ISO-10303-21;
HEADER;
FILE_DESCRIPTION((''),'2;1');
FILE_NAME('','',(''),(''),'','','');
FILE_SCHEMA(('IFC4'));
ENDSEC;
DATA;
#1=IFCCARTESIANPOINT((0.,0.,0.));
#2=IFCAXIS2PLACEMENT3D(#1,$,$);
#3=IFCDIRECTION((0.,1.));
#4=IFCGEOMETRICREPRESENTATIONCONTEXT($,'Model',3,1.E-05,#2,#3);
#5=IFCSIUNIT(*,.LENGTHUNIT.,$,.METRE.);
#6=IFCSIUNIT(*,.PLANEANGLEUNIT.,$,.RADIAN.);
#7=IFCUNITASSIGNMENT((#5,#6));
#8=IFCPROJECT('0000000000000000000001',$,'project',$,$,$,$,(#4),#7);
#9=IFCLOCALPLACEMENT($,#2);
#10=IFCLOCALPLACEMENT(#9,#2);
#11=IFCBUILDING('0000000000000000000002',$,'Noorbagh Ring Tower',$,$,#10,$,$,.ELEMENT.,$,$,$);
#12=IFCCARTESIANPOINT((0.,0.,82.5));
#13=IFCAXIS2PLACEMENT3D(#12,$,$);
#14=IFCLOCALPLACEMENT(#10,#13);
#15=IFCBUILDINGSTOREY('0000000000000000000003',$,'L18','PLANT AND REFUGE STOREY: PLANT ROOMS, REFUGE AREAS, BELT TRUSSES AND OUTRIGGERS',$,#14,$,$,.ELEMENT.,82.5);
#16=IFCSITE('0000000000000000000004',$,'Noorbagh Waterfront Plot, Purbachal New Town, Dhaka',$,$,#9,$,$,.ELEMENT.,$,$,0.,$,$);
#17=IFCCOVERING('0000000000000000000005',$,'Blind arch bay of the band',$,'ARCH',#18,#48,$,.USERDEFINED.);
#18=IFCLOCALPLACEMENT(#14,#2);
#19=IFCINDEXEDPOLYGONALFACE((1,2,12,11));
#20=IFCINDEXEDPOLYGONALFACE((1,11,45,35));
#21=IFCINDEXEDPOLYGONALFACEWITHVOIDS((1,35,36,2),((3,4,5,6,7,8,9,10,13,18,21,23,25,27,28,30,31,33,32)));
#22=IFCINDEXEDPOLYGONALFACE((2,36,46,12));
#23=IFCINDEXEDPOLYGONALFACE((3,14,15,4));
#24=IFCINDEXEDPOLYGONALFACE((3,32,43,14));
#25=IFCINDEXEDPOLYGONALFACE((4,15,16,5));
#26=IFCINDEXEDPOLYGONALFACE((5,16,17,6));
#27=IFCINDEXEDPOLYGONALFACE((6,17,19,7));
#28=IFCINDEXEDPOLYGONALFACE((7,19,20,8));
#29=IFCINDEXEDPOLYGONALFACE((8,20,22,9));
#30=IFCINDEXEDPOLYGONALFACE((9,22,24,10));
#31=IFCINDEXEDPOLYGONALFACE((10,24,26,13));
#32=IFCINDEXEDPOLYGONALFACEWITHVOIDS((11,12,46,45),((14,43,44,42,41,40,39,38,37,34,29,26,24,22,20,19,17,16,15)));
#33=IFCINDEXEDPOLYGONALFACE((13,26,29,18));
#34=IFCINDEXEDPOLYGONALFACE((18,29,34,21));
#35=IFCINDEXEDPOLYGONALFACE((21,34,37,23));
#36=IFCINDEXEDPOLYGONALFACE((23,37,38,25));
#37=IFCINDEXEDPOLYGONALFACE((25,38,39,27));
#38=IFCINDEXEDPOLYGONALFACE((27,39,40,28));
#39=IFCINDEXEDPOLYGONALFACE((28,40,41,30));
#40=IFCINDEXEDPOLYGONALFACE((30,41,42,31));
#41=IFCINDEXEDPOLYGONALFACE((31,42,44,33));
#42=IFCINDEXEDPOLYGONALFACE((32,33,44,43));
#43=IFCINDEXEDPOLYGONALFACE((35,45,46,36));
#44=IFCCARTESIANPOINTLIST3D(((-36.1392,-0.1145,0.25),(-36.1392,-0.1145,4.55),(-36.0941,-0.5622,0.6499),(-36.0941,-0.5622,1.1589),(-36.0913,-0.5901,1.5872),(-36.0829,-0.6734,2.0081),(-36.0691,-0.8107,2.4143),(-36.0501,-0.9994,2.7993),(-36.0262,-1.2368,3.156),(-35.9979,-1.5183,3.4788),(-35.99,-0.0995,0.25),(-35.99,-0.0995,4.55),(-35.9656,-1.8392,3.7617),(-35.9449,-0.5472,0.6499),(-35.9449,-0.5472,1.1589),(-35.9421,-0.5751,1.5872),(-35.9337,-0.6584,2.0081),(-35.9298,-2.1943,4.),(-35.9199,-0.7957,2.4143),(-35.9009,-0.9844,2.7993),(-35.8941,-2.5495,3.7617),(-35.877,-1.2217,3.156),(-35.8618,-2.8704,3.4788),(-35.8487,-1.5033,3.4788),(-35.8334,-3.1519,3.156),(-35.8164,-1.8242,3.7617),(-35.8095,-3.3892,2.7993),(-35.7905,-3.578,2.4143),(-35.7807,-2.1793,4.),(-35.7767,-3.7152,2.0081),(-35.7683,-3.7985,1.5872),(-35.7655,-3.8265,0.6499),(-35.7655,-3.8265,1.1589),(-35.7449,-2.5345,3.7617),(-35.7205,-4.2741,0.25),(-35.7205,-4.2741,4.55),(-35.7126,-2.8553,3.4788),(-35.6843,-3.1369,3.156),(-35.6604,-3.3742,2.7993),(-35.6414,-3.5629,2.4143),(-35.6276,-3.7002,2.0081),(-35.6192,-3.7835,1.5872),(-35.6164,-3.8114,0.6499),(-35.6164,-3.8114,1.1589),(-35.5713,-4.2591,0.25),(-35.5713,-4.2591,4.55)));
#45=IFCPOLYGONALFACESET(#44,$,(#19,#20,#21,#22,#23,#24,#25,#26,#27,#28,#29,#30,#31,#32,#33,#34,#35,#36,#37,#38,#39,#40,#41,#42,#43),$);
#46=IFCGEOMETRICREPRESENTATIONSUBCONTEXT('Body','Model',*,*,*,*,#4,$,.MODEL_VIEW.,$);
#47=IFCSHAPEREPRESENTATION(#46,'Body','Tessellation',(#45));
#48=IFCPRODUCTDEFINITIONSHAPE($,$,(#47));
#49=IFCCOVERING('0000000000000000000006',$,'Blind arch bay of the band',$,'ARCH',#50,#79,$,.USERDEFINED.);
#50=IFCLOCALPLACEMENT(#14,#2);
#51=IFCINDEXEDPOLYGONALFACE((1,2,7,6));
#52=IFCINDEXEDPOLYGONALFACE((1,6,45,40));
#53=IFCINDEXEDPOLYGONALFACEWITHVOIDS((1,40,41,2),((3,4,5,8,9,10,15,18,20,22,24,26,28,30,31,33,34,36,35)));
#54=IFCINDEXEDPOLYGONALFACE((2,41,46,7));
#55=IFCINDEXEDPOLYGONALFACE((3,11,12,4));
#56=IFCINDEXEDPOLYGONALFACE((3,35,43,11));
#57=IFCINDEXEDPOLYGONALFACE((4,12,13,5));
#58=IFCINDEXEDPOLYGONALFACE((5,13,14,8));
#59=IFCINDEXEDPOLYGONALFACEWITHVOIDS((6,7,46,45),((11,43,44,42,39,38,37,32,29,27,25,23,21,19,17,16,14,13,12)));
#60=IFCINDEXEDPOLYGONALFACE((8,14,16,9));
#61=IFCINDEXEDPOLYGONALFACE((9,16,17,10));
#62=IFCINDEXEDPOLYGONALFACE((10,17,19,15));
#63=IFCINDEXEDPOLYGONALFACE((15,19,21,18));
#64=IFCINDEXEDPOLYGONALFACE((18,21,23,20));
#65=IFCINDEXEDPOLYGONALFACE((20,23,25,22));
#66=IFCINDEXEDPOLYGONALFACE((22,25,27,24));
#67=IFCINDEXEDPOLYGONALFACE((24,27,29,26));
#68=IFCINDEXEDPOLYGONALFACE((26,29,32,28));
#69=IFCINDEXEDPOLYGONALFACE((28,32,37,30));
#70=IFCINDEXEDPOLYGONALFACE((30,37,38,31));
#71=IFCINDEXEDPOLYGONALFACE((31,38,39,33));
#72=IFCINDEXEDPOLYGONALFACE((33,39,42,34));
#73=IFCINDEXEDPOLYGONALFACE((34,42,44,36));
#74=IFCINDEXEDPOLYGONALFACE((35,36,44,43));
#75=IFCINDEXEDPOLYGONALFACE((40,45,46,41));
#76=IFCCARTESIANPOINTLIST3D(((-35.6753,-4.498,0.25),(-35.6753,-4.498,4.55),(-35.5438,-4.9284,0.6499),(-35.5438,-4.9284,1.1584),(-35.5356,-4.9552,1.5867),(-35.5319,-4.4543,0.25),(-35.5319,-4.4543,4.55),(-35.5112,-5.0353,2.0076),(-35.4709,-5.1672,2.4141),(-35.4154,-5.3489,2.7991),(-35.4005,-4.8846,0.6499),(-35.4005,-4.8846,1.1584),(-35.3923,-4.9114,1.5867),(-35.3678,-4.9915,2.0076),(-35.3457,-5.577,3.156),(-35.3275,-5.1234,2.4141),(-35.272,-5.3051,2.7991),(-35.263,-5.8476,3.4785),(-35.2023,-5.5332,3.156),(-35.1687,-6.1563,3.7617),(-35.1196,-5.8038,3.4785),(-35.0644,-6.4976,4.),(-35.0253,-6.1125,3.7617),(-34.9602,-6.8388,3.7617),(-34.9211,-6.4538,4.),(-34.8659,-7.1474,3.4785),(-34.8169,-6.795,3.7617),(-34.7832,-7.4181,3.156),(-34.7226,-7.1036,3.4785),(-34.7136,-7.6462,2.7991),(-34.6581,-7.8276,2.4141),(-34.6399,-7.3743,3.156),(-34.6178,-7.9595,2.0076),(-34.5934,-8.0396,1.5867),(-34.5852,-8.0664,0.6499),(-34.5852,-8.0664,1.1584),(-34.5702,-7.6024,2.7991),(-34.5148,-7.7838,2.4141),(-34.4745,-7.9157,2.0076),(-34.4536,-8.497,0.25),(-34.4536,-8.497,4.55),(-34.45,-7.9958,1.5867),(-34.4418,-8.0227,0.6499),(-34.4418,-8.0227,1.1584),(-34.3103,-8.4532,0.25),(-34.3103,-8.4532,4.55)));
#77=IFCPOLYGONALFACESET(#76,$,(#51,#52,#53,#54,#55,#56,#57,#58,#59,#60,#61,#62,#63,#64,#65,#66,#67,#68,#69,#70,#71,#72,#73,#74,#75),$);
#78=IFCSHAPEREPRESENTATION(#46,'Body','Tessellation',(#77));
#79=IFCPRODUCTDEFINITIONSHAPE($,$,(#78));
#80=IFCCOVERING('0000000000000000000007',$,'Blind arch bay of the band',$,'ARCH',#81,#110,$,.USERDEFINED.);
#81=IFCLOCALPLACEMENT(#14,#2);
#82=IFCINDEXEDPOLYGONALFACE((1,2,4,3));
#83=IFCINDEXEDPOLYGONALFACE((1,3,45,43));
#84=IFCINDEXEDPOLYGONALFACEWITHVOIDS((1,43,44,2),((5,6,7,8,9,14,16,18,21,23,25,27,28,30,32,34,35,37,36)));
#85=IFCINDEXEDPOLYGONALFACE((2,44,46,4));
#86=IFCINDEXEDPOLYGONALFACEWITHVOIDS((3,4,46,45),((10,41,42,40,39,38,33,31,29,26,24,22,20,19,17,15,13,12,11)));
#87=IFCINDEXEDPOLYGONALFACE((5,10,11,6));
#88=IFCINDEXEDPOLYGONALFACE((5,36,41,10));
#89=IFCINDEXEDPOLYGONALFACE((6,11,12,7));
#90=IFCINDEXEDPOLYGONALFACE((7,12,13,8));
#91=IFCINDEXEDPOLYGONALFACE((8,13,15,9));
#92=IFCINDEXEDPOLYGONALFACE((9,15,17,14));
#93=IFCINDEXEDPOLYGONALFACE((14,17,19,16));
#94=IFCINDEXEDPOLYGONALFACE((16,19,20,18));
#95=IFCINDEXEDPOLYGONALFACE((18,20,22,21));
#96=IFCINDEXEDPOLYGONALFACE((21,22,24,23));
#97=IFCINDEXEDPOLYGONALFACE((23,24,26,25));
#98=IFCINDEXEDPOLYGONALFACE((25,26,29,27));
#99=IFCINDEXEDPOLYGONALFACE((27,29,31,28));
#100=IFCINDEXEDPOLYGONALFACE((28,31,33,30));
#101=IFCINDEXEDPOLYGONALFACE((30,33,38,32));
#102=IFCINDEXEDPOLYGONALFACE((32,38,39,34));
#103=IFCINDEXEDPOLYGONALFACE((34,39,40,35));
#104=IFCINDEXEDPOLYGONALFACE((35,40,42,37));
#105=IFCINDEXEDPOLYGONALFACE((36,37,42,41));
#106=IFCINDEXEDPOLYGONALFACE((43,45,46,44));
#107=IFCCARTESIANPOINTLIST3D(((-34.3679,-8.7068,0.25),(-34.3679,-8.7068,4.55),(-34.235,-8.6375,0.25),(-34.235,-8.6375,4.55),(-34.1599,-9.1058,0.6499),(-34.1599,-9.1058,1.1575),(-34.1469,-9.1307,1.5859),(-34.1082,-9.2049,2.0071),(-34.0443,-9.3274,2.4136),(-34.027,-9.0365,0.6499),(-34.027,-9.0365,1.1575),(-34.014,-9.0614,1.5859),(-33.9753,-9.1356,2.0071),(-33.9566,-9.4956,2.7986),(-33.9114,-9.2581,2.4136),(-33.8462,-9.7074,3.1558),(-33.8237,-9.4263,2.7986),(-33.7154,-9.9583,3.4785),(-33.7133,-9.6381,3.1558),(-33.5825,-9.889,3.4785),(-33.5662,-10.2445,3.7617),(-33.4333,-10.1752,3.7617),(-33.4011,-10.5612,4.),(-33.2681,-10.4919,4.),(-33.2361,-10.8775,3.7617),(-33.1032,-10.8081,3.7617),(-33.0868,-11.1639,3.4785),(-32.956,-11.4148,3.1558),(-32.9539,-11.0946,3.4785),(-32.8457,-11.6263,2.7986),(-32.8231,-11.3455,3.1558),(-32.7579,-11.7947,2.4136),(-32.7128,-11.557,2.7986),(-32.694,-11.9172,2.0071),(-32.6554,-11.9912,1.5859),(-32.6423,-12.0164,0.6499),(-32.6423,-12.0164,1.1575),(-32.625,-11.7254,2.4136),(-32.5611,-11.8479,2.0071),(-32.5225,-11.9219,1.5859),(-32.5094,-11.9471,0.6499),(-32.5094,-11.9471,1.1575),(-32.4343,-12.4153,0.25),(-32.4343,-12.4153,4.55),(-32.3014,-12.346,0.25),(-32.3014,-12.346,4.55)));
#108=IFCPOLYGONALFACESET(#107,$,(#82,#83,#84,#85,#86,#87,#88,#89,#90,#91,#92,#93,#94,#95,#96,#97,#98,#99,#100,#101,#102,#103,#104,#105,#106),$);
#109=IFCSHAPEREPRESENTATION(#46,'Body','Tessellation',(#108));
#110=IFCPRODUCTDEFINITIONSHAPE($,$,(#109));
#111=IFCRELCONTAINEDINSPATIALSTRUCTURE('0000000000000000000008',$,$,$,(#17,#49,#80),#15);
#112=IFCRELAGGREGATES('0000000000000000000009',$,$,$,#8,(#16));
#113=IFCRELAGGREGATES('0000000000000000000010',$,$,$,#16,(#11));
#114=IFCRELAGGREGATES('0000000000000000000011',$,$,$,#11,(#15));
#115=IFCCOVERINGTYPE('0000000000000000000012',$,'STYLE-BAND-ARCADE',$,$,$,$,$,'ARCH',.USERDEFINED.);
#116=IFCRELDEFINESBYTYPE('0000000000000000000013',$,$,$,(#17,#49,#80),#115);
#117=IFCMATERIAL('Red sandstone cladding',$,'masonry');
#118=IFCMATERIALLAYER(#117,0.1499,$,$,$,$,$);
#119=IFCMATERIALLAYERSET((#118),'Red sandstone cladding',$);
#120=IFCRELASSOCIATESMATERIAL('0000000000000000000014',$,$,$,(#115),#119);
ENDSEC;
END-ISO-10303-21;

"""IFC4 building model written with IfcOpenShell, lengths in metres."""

from ifc_helpers import new_model, si_unit, direction, frame, origin, place, context, subcontext, project, spatial, polyline, outline, extrude, material, layer, layer_set, type_object, element, save


model = new_model("IFC4")

# Units and contexts
model_context = context("Model", 3, precision=1e-05, world=origin(), true_north=direction((0.0, 1.0)))
body_context = subcontext(model_context, "Body", "Model", "MODEL_VIEW")
ifc_project = project(units=[si_unit("LENGTHUNIT", "METRE"), si_unit("PLANEANGLEUNIT", "RADIAN")], contexts=[model_context])

# Site, building, storey
site_placement = place(None, origin())
site = spatial("IfcSite", under=ifc_project, at=site_placement, Name="Noorbagh Waterfront Plot, Purbachal New Town, Dhaka", CompositionType="ELEMENT", RefElevation=0.0)
building_placement = place(site_placement, origin())
building = spatial("IfcBuilding", under=site, at=building_placement, Name="Noorbagh Ring Tower", CompositionType="ELEMENT")
storey_placement = place(building_placement, frame((0.0, 0.0, 82.5)))
storey = spatial("IfcBuildingStorey", under=building, at=storey_placement, Name="L18", Description="PLANT AND REFUGE STOREY: PLANT ROOMS, REFUGE AREAS, BELT TRUSSES AND OUTRIGGERS", CompositionType="ELEMENT", Elevation=82.5)

# Coverings
ifc_material_1 = material(Name="Red sandstone cladding", Category="masonry")
ifc_layer_1 = layer(ifc_material_1, 0.1499)
ifc_layer_set_1 = layer_set([ifc_layer_1], Name="Red sandstone cladding")
covering_type_1 = type_object("IfcCoveringType", Name="STYLE-BAND-ARCADE", ElementType="ARCH", PredefinedType="USERDEFINED", material=ifc_layer_set_1)
covering_1_placement = place(storey_placement, frame((-36.1392, -0.1145, 0.25), z_axis=(-0.994972, -0.100151, 0.0), x_axis=(0.100151, -0.994972, 0.0)))
element("IfcCovering", 1, at=covering_1_placement, inside=storey, type_object=covering_type_1, Name="Blind arch bay of the band", ObjectType="ARCH", PredefinedType="USERDEFINED", context=body_context, shape_type="SweptSolid", body=[
    extrude(outline(polyline([(0.0, 0.0), (4.1807, 0.0), (4.1807, 4.3), (0.0, 4.3), (0.0, 0.0)]), holes=[polyline([(0.45, 0.3999), (0.45, 0.9089), (0.478, 1.3372), (0.5618, 1.7581), (0.6997, 2.1643), (0.8894, 2.5493), (1.1279, 2.906), (1.4109, 3.2288), (1.7334, 3.5117), (2.0903, 3.75), (2.4473, 3.5117), (2.7698, 3.2288), (3.0527, 2.906), (3.2913, 2.5493), (3.481, 2.1643), (3.6189, 1.7581), (3.7026, 1.3372), (3.7307, 0.9089), (3.7307, 0.3999), (0.45, 0.3999)])]), origin(), (0.0, 0.0, -1.0), 0.1499),
])
covering_2_placement = place(storey_placement, frame((-35.6753, -4.498, 0.25), z_axis=(-0.956368, -0.292165, 0.0), x_axis=(0.292165, -0.956368, 0.0)))
element("IfcCovering", 2, at=covering_2_placement, inside=storey, type_object=covering_type_1, Name="Blind arch bay of the band", ObjectType="ARCH", PredefinedType="USERDEFINED", context=body_context, shape_type="SweptSolid", body=[
    extrude(outline(polyline([(0.0, 0.0), (4.1814, 0.0), (4.1814, 4.3), (0.0, 4.3), (0.0, 0.0)]), holes=[polyline([(0.45, 0.3999), (0.45, 0.9084), (0.478, 1.3367), (0.5618, 1.7576), (0.6997, 2.1641), (0.8896, 2.5491), (1.1282, 2.906), (1.4111, 3.2285), (1.7339, 3.5117), (2.0908, 3.75), (2.4475, 3.5117), (2.7703, 3.2285), (3.0532, 2.906), (3.2917, 2.5491), (3.4814, 2.1641), (3.6194, 1.7576), (3.7031, 1.3367), (3.7312, 0.9084), (3.7312, 0.3999), (0.45, 0.3999)])]), origin(), (0.0, 0.0, -1.0), 0.1499),
])
covering_3_placement = place(storey_placement, frame((-34.3679, -8.7068, 0.25), z_axis=(-0.88671, -0.462327, 0.0), x_axis=(0.462327, -0.88671, 0.0)))
element("IfcCovering", 3, at=covering_3_placement, inside=storey, type_object=covering_type_1, Name="Blind arch bay of the band", ObjectType="ARCH", PredefinedType="USERDEFINED", context=body_context, shape_type="SweptSolid", body=[
    extrude(outline(polyline([(0.0, 0.0), (4.1824, 0.0), (4.1824, 4.3), (0.0, 4.3), (0.0, 0.0)]), holes=[polyline([(0.45, 0.3999), (0.45, 0.9075), (0.478, 1.3359), (0.5618, 1.7571), (0.7, 2.1636), (0.8896, 2.5486), (1.1284, 2.9058), (1.4114, 3.2285), (1.7341, 3.5117), (2.0913, 3.75), (2.448, 3.5117), (2.771, 3.2285), (3.054, 2.9058), (3.2925, 2.5486), (3.4824, 2.1636), (3.6206, 1.7571), (3.7041, 1.3359), (3.7324, 0.9075), (3.7324, 0.3999), (0.45, 0.3999)])]), origin(), (0.0, 0.0, -1.0), 0.1499),
])

save(model, "model.ifc")
